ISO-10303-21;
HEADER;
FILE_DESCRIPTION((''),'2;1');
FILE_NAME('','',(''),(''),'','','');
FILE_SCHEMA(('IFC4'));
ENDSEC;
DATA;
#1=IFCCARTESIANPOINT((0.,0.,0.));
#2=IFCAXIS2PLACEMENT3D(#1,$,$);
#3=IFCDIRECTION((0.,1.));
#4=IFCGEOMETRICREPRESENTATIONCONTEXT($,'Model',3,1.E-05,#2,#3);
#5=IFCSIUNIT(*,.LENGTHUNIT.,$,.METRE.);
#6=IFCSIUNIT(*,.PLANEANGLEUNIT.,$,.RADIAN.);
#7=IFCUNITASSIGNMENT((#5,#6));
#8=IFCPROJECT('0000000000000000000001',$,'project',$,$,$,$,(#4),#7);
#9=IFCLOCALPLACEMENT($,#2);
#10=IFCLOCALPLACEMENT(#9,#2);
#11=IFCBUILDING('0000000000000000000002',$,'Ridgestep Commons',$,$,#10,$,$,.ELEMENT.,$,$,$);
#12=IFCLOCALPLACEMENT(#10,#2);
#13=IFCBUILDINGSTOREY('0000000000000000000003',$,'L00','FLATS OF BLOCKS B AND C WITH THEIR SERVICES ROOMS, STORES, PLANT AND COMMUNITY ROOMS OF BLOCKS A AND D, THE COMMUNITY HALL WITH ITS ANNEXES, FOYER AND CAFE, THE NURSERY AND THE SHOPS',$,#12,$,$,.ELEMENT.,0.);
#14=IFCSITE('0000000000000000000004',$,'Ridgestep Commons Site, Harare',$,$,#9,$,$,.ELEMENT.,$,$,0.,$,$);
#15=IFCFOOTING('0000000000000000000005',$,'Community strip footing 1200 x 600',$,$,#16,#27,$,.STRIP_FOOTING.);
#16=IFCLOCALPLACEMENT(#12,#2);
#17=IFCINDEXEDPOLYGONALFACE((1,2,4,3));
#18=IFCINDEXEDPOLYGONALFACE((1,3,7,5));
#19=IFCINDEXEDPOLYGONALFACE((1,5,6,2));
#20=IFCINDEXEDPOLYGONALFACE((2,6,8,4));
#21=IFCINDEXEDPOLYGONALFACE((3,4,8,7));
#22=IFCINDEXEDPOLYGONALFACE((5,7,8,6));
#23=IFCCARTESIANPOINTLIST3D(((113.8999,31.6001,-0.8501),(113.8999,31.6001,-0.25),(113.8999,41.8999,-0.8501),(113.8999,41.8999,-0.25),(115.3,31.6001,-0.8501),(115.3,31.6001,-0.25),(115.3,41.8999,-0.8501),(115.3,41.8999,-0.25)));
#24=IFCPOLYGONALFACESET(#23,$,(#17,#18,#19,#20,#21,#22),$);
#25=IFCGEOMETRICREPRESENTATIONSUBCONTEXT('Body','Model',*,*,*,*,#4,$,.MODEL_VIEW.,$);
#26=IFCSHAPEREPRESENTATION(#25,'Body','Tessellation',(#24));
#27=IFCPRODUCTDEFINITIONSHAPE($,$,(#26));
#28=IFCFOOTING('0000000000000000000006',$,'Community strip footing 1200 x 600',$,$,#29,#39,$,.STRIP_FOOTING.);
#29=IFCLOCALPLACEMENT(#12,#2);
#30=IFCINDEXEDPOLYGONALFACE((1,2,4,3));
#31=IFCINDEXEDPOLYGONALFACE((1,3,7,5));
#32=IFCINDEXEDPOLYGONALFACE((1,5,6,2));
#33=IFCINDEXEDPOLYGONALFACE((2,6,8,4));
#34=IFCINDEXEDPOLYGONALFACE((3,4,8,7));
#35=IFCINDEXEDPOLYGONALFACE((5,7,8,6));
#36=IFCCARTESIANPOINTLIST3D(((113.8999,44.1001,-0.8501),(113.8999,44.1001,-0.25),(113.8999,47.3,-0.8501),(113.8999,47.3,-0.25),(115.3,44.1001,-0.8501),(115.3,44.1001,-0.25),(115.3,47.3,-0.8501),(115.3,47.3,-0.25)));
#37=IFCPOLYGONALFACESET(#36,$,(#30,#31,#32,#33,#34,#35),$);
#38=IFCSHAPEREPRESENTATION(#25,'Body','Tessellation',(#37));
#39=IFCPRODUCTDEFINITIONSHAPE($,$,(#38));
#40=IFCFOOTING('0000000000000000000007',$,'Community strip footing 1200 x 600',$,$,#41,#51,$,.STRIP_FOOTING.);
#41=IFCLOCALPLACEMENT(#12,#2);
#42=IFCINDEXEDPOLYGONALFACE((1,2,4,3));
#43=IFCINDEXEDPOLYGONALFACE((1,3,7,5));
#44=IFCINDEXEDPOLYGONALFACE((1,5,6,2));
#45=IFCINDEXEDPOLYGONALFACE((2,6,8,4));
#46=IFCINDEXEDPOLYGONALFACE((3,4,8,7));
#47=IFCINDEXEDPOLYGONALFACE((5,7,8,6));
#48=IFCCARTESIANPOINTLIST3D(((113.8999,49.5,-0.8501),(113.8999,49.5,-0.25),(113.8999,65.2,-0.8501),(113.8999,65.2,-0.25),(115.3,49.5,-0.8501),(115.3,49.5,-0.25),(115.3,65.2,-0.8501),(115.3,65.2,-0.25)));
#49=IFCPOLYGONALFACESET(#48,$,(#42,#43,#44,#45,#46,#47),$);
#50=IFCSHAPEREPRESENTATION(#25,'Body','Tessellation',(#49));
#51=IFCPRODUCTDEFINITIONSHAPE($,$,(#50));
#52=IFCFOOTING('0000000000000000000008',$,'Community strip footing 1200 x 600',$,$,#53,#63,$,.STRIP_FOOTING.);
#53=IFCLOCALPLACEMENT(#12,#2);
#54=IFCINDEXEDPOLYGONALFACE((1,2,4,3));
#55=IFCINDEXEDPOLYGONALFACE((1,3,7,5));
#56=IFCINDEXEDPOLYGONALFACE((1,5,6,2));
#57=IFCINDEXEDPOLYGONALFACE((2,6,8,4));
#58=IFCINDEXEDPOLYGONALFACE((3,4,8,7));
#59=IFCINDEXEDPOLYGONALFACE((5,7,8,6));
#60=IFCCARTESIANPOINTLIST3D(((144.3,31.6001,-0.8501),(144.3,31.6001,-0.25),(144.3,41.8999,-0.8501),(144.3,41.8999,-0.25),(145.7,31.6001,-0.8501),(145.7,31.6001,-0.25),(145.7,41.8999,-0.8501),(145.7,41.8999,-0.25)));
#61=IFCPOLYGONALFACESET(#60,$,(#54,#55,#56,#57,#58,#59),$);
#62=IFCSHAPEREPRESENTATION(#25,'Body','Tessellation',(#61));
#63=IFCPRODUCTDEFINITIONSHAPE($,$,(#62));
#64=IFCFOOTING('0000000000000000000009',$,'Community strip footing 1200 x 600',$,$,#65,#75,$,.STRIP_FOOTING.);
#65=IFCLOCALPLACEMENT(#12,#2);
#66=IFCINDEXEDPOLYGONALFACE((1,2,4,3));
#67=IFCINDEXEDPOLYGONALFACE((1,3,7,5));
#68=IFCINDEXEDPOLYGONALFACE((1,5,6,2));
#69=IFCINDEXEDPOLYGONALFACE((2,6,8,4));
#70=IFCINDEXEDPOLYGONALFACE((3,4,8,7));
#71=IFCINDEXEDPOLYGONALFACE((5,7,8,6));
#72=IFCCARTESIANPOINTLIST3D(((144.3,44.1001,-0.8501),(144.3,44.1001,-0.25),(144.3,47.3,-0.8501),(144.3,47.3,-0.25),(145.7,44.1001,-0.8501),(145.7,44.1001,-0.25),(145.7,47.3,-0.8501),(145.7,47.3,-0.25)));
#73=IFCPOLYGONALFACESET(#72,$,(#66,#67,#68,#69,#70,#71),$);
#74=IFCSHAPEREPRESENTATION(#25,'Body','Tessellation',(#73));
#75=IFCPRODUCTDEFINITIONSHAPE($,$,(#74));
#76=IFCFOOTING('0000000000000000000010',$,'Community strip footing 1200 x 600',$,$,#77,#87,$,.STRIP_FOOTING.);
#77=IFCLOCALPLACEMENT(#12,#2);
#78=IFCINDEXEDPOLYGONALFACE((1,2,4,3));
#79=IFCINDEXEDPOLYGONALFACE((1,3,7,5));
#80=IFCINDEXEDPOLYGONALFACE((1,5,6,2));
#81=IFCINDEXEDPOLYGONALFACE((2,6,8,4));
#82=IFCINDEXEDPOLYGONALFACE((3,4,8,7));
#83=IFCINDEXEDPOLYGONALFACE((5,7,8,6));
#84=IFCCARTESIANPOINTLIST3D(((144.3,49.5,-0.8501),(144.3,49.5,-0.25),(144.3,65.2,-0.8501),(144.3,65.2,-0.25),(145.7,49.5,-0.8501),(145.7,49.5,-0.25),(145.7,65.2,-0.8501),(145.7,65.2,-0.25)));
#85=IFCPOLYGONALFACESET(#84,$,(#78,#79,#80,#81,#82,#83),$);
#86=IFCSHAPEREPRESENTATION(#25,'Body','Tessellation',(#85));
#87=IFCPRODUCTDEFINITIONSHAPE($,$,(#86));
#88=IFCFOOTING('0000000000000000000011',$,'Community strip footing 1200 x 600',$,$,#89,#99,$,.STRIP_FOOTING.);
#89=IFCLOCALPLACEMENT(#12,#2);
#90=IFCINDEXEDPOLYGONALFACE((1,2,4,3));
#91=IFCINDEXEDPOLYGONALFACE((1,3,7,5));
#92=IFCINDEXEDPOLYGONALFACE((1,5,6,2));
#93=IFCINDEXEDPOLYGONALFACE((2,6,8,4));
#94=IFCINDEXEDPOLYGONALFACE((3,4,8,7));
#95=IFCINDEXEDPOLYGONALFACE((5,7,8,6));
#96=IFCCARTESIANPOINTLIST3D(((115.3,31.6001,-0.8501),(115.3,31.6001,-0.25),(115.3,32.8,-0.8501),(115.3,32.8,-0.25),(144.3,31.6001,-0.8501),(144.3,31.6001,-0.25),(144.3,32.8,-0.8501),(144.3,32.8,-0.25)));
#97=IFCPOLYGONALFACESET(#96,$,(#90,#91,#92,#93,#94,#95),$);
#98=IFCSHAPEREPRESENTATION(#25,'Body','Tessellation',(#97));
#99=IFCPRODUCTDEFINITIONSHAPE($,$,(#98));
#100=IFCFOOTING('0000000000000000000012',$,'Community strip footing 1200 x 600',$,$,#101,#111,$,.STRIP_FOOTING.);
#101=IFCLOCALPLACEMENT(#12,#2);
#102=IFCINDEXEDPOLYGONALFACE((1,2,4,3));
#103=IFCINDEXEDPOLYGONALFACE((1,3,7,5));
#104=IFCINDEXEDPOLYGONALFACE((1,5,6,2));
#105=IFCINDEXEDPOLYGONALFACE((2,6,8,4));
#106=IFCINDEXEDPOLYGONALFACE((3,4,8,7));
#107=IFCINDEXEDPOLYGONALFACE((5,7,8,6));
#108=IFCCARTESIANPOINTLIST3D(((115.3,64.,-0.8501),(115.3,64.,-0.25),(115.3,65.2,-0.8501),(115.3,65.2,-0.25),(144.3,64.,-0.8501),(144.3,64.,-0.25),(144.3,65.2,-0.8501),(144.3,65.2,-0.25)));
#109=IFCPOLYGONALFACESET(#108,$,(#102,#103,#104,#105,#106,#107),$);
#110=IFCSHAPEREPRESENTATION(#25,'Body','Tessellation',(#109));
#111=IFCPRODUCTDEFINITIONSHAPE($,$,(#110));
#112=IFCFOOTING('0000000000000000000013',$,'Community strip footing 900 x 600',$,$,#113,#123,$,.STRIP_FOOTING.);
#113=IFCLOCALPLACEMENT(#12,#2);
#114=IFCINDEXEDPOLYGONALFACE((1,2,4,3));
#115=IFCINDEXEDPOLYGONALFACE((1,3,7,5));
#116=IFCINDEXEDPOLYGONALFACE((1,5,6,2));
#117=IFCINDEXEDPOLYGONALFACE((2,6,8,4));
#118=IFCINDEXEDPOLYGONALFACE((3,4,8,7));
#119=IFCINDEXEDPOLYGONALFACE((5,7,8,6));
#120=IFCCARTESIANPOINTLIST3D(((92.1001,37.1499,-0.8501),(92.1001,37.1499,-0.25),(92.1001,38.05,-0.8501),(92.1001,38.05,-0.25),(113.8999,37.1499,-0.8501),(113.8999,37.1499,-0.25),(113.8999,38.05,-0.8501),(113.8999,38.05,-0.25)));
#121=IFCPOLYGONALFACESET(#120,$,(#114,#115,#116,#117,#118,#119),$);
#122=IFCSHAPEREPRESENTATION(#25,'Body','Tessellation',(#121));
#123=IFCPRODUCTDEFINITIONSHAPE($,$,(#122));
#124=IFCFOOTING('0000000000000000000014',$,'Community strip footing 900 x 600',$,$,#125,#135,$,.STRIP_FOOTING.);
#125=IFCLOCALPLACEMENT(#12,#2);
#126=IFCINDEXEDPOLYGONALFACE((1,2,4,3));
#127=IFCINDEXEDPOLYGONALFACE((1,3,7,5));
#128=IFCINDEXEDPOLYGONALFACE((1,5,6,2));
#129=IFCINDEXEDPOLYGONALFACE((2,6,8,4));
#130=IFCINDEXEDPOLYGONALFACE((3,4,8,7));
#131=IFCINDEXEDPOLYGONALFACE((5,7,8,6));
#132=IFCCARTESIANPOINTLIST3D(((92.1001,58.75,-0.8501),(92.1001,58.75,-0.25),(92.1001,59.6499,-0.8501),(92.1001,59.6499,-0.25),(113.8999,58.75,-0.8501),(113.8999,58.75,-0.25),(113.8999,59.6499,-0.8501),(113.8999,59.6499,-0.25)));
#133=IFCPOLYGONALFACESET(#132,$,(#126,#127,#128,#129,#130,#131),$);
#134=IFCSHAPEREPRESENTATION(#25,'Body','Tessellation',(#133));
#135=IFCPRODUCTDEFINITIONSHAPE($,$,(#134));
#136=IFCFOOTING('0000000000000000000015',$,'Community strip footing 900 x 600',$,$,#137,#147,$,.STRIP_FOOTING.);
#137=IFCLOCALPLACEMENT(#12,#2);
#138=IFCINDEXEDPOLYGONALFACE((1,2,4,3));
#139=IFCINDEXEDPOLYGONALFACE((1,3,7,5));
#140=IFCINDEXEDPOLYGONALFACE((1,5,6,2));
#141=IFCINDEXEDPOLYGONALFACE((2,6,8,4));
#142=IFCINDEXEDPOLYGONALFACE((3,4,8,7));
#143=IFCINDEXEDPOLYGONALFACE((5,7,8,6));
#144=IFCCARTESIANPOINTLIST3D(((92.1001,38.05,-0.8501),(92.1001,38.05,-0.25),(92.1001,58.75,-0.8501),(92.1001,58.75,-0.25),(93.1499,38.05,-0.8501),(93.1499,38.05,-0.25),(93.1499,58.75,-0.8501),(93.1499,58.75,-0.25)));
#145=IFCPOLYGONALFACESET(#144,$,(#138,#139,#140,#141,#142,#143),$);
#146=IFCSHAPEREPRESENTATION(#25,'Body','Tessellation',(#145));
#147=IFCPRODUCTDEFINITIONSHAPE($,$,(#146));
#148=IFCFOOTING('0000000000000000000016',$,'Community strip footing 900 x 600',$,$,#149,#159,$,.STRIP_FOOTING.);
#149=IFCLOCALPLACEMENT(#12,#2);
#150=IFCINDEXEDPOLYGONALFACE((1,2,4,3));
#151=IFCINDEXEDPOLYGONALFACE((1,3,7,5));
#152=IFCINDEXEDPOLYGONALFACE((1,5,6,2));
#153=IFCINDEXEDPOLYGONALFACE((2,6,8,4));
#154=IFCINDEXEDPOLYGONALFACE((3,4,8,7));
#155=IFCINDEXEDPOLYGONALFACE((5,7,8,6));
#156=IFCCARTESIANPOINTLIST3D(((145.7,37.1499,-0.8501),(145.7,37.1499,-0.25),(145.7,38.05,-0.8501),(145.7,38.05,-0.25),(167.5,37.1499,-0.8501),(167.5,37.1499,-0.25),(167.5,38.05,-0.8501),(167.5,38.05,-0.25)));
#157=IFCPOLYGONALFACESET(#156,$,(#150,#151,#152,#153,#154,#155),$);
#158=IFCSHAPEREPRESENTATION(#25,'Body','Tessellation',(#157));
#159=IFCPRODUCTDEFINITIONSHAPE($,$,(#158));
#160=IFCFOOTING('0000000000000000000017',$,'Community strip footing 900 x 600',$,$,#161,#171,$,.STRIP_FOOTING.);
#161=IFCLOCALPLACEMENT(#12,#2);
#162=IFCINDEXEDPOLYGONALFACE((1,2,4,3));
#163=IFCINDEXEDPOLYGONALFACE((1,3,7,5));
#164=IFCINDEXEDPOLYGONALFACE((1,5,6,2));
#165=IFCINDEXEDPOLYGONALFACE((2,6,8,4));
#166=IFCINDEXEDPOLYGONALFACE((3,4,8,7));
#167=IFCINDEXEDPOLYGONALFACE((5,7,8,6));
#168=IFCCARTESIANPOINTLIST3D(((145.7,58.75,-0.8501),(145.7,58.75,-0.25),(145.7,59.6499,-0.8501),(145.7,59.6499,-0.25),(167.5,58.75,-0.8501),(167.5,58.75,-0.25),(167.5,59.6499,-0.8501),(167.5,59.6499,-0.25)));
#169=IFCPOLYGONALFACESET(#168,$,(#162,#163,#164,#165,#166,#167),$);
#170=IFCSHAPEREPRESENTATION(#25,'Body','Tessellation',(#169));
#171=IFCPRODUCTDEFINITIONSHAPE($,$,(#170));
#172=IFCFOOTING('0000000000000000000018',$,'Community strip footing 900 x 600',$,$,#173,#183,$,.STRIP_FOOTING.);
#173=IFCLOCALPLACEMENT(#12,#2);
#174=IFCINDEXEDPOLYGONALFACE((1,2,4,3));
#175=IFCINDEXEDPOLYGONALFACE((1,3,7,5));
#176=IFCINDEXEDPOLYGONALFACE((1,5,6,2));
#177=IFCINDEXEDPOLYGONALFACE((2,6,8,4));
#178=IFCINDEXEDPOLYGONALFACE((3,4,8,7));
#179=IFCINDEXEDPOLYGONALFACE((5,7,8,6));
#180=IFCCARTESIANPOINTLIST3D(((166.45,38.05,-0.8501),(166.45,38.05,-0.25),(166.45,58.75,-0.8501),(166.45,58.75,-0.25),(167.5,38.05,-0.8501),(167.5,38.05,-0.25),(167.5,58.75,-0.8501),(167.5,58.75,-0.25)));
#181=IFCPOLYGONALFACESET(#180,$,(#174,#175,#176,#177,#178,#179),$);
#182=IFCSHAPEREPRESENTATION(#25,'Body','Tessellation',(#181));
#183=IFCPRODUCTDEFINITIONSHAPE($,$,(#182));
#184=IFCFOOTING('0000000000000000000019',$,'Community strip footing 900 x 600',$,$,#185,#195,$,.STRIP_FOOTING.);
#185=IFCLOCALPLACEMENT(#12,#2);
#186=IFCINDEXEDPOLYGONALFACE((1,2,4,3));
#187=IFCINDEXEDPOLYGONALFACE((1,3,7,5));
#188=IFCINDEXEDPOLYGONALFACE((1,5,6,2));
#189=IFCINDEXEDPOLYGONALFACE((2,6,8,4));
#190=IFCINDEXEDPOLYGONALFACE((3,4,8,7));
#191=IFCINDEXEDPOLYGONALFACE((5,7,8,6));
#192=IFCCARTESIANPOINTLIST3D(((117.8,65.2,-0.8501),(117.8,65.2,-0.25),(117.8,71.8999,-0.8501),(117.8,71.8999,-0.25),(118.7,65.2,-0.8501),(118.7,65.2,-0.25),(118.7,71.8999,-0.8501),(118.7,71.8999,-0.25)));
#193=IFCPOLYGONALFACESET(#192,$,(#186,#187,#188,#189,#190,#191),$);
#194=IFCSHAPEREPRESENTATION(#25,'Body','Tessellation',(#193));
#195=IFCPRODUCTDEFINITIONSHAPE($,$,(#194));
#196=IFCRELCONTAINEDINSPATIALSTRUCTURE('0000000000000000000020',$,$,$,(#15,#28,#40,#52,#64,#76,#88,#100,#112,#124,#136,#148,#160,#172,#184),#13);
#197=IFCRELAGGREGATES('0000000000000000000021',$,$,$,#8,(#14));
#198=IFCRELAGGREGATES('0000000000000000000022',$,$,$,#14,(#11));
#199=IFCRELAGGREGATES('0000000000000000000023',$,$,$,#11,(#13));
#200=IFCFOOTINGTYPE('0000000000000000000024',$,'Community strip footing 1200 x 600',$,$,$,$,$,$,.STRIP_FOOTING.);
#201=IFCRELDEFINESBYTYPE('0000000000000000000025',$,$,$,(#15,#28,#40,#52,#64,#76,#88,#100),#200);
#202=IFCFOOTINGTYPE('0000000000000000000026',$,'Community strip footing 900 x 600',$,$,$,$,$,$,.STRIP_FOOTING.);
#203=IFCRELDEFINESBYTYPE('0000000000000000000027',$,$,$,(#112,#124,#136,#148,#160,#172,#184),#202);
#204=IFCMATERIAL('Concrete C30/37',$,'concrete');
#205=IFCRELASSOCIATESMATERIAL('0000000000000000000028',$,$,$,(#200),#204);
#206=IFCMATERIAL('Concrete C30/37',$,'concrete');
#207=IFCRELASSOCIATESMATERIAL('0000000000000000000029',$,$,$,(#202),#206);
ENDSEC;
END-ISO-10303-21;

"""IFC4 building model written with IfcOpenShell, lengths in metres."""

from ifc_helpers import new_model, si_unit, direction, frame, origin, place, context, subcontext, project, spatial, polyline, outline, extrude, material, type_object, element, save


model = new_model("IFC4")

# Units and contexts
model_context = context("Model", 3, precision=1e-05, world=origin(), true_north=direction((0.0, 1.0)))
body_context = subcontext(model_context, "Body", "Model", "MODEL_VIEW")
ifc_project = project(units=[si_unit("LENGTHUNIT", "METRE"), si_unit("PLANEANGLEUNIT", "RADIAN")], contexts=[model_context])

# Site, building, storey
site_placement = place(None, origin())
site = spatial("IfcSite", under=ifc_project, at=site_placement, Name="Ridgestep Commons Site, Harare", CompositionType="ELEMENT", RefElevation=0.0)
building_placement = place(site_placement, origin())
building = spatial("IfcBuilding", under=site, at=building_placement, Name="Ridgestep Commons", CompositionType="ELEMENT")
storey_placement = place(building_placement, origin())
storey = spatial("IfcBuildingStorey", under=building, at=storey_placement, Name="L00", Description="FLATS OF BLOCKS B AND C WITH THEIR SERVICES ROOMS, STORES, PLANT AND COMMUNITY ROOMS OF BLOCKS A AND D, THE COMMUNITY HALL WITH ITS ANNEXES, FOYER AND CAFE, THE NURSERY AND THE SHOPS", CompositionType="ELEMENT", Elevation=0.0)

# Footings
ifc_material_1 = material(Name="Concrete C30/37", Category="concrete")
footing_type_1 = type_object("IfcFootingType", Name="Community strip footing 1200 x 600", PredefinedType="STRIP_FOOTING", material=ifc_material_1)
footing_1_placement = place(storey_placement, frame((0.0, 0.0, -0.8501)))
element("IfcFooting", 1, at=footing_1_placement, inside=storey, type_object=footing_type_1, Name="Community strip footing 1200 x 600", PredefinedType="STRIP_FOOTING", context=body_context, shape_type="SweptSolid", body=[
    extrude(outline(polyline([(113.8999, 31.6001), (115.3, 31.6001), (115.3, 41.8999), (113.8999, 41.8999), (113.8999, 31.6001)])), origin(), (0.0, 0.0, 1.0), 0.6001),
])
footing_2_placement = place(storey_placement, frame((0.0, 0.0, -0.8501)))
element("IfcFooting", 2, at=footing_2_placement, inside=storey, type_object=footing_type_1, Name="Community strip footing 1200 x 600", PredefinedType="STRIP_FOOTING", context=body_context, shape_type="SweptSolid", body=[
    extrude(outline(polyline([(113.8999, 44.1001), (115.3, 44.1001), (115.3, 47.3), (113.8999, 47.3), (113.8999, 44.1001)])), origin(), (0.0, 0.0, 1.0), 0.6001),
])
footing_3_placement = place(storey_placement, frame((0.0, 0.0, -0.8501)))
element("IfcFooting", 3, at=footing_3_placement, inside=storey, type_object=footing_type_1, Name="Community strip footing 1200 x 600", PredefinedType="STRIP_FOOTING", context=body_context, shape_type="SweptSolid", body=[
    extrude(outline(polyline([(113.8999, 49.5), (115.3, 49.5), (115.3, 65.2), (113.8999, 65.2), (113.8999, 49.5)])), origin(), (0.0, 0.0, 1.0), 0.6001),
])
footing_4_placement = place(storey_placement, frame((0.0, 0.0, -0.8501)))
element("IfcFooting", 4, at=footing_4_placement, inside=storey, type_object=footing_type_1, Name="Community strip footing 1200 x 600", PredefinedType="STRIP_FOOTING", context=body_context, shape_type="SweptSolid", body=[
    extrude(outline(polyline([(144.3, 31.6001), (145.7, 31.6001), (145.7, 41.8999), (144.3, 41.8999), (144.3, 31.6001)])), origin(), (0.0, 0.0, 1.0), 0.6001),
])
footing_5_placement = place(storey_placement, frame((0.0, 0.0, -0.8501)))
element("IfcFooting", 5, at=footing_5_placement, inside=storey, type_object=footing_type_1, Name="Community strip footing 1200 x 600", PredefinedType="STRIP_FOOTING", context=body_context, shape_type="SweptSolid", body=[
    extrude(outline(polyline([(144.3, 44.1001), (145.7, 44.1001), (145.7, 47.3), (144.3, 47.3), (144.3, 44.1001)])), origin(), (0.0, 0.0, 1.0), 0.6001),
])
footing_6_placement = place(storey_placement, frame((0.0, 0.0, -0.8501)))
element("IfcFooting", 6, at=footing_6_placement, inside=storey, type_object=footing_type_1, Name="Community strip footing 1200 x 600", PredefinedType="STRIP_FOOTING", context=body_context, shape_type="SweptSolid", body=[
    extrude(outline(polyline([(144.3, 49.5), (145.7, 49.5), (145.7, 65.2), (144.3, 65.2), (144.3, 49.5)])), origin(), (0.0, 0.0, 1.0), 0.6001),
])
footing_7_placement = place(storey_placement, frame((0.0, 0.0, -0.8501)))
element("IfcFooting", 7, at=footing_7_placement, inside=storey, type_object=footing_type_1, Name="Community strip footing 1200 x 600", PredefinedType="STRIP_FOOTING", context=body_context, shape_type="SweptSolid", body=[
    extrude(outline(polyline([(115.3, 31.6001), (144.3, 31.6001), (144.3, 32.8), (115.3, 32.8), (115.3, 31.6001)])), origin(), (0.0, 0.0, 1.0), 0.6001),
])
footing_8_placement = place(storey_placement, frame((0.0, 0.0, -0.8501)))
element("IfcFooting", 8, at=footing_8_placement, inside=storey, type_object=footing_type_1, Name="Community strip footing 1200 x 600", PredefinedType="STRIP_FOOTING", context=body_context, shape_type="SweptSolid", body=[
    extrude(outline(polyline([(115.3, 64.0), (144.3, 64.0), (144.3, 65.2), (115.3, 65.2), (115.3, 64.0)])), origin(), (0.0, 0.0, 1.0), 0.6001),
])
ifc_material_2 = material(Name="Concrete C30/37", Category="concrete")
footing_type_2 = type_object("IfcFootingType", Name="Community strip footing 900 x 600", PredefinedType="STRIP_FOOTING", material=ifc_material_2)
footing_9_placement = place(storey_placement, frame((0.0, 0.0, -0.8501)))
element("IfcFooting", 9, at=footing_9_placement, inside=storey, type_object=footing_type_2, Name="Community strip footing 900 x 600", PredefinedType="STRIP_FOOTING", context=body_context, shape_type="SweptSolid", body=[
    extrude(outline(polyline([(92.1001, 37.1499), (113.8999, 37.1499), (113.8999, 38.05), (92.1001, 38.05), (92.1001, 37.1499)])), origin(), (0.0, 0.0, 1.0), 0.6001),
])
footing_10_placement = place(storey_placement, frame((0.0, 0.0, -0.8501)))
element("IfcFooting", 10, at=footing_10_placement, inside=storey, type_object=footing_type_2, Name="Community strip footing 900 x 600", PredefinedType="STRIP_FOOTING", context=body_context, shape_type="SweptSolid", body=[
    extrude(outline(polyline([(92.1001, 58.75), (113.8999, 58.75), (113.8999, 59.6499), (92.1001, 59.6499), (92.1001, 58.75)])), origin(), (0.0, 0.0, 1.0), 0.6001),
])
footing_11_placement = place(storey_placement, frame((0.0, 0.0, -0.8501)))
element("IfcFooting", 11, at=footing_11_placement, inside=storey, type_object=footing_type_2, Name="Community strip footing 900 x 600", PredefinedType="STRIP_FOOTING", context=body_context, shape_type="SweptSolid", body=[
    extrude(outline(polyline([(92.1001, 38.05), (93.1499, 38.05), (93.1499, 58.75), (92.1001, 58.75), (92.1001, 38.05)])), origin(), (0.0, 0.0, 1.0), 0.6001),
])
footing_12_placement = place(storey_placement, frame((0.0, 0.0, -0.8501)))
element("IfcFooting", 12, at=footing_12_placement, inside=storey, type_object=footing_type_2, Name="Community strip footing 900 x 600", PredefinedType="STRIP_FOOTING", context=body_context, shape_type="SweptSolid", body=[
    extrude(outline(polyline([(145.7, 37.1499), (167.5, 37.1499), (167.5, 38.05), (145.7, 38.05), (145.7, 37.1499)])), origin(), (0.0, 0.0, 1.0), 0.6001),
])
footing_13_placement = place(storey_placement, frame((0.0, 0.0, -0.8501)))
element("IfcFooting", 13, at=footing_13_placement, inside=storey, type_object=footing_type_2, Name="Community strip footing 900 x 600", PredefinedType="STRIP_FOOTING", context=body_context, shape_type="SweptSolid", body=[
    extrude(outline(polyline([(145.7, 58.75), (167.5, 58.75), (167.5, 59.6499), (145.7, 59.6499), (145.7, 58.75)])), origin(), (0.0, 0.0, 1.0), 0.6001),
])
footing_14_placement = place(storey_placement, frame((0.0, 0.0, -0.8501)))
element("IfcFooting", 14, at=footing_14_placement, inside=storey, type_object=footing_type_2, Name="Community strip footing 900 x 600", PredefinedType="STRIP_FOOTING", context=body_context, shape_type="SweptSolid", body=[
    extrude(outline(polyline([(166.45, 38.05), (167.5, 38.05), (167.5, 58.75), (166.45, 58.75), (166.45, 38.05)])), origin(), (0.0, 0.0, 1.0), 0.6001),
])
footing_15_placement = place(storey_placement, frame((0.0, 0.0, -0.8501)))
element("IfcFooting", 15, at=footing_15_placement, inside=storey, type_object=footing_type_2, Name="Community strip footing 900 x 600", PredefinedType="STRIP_FOOTING", context=body_context, shape_type="SweptSolid", body=[
    extrude(outline(polyline([(117.8, 65.2), (118.7, 65.2), (118.7, 71.8999), (117.8, 71.8999), (117.8, 65.2)])), origin(), (0.0, 0.0, 1.0), 0.6001),
])

save(model, "model.ifc")
